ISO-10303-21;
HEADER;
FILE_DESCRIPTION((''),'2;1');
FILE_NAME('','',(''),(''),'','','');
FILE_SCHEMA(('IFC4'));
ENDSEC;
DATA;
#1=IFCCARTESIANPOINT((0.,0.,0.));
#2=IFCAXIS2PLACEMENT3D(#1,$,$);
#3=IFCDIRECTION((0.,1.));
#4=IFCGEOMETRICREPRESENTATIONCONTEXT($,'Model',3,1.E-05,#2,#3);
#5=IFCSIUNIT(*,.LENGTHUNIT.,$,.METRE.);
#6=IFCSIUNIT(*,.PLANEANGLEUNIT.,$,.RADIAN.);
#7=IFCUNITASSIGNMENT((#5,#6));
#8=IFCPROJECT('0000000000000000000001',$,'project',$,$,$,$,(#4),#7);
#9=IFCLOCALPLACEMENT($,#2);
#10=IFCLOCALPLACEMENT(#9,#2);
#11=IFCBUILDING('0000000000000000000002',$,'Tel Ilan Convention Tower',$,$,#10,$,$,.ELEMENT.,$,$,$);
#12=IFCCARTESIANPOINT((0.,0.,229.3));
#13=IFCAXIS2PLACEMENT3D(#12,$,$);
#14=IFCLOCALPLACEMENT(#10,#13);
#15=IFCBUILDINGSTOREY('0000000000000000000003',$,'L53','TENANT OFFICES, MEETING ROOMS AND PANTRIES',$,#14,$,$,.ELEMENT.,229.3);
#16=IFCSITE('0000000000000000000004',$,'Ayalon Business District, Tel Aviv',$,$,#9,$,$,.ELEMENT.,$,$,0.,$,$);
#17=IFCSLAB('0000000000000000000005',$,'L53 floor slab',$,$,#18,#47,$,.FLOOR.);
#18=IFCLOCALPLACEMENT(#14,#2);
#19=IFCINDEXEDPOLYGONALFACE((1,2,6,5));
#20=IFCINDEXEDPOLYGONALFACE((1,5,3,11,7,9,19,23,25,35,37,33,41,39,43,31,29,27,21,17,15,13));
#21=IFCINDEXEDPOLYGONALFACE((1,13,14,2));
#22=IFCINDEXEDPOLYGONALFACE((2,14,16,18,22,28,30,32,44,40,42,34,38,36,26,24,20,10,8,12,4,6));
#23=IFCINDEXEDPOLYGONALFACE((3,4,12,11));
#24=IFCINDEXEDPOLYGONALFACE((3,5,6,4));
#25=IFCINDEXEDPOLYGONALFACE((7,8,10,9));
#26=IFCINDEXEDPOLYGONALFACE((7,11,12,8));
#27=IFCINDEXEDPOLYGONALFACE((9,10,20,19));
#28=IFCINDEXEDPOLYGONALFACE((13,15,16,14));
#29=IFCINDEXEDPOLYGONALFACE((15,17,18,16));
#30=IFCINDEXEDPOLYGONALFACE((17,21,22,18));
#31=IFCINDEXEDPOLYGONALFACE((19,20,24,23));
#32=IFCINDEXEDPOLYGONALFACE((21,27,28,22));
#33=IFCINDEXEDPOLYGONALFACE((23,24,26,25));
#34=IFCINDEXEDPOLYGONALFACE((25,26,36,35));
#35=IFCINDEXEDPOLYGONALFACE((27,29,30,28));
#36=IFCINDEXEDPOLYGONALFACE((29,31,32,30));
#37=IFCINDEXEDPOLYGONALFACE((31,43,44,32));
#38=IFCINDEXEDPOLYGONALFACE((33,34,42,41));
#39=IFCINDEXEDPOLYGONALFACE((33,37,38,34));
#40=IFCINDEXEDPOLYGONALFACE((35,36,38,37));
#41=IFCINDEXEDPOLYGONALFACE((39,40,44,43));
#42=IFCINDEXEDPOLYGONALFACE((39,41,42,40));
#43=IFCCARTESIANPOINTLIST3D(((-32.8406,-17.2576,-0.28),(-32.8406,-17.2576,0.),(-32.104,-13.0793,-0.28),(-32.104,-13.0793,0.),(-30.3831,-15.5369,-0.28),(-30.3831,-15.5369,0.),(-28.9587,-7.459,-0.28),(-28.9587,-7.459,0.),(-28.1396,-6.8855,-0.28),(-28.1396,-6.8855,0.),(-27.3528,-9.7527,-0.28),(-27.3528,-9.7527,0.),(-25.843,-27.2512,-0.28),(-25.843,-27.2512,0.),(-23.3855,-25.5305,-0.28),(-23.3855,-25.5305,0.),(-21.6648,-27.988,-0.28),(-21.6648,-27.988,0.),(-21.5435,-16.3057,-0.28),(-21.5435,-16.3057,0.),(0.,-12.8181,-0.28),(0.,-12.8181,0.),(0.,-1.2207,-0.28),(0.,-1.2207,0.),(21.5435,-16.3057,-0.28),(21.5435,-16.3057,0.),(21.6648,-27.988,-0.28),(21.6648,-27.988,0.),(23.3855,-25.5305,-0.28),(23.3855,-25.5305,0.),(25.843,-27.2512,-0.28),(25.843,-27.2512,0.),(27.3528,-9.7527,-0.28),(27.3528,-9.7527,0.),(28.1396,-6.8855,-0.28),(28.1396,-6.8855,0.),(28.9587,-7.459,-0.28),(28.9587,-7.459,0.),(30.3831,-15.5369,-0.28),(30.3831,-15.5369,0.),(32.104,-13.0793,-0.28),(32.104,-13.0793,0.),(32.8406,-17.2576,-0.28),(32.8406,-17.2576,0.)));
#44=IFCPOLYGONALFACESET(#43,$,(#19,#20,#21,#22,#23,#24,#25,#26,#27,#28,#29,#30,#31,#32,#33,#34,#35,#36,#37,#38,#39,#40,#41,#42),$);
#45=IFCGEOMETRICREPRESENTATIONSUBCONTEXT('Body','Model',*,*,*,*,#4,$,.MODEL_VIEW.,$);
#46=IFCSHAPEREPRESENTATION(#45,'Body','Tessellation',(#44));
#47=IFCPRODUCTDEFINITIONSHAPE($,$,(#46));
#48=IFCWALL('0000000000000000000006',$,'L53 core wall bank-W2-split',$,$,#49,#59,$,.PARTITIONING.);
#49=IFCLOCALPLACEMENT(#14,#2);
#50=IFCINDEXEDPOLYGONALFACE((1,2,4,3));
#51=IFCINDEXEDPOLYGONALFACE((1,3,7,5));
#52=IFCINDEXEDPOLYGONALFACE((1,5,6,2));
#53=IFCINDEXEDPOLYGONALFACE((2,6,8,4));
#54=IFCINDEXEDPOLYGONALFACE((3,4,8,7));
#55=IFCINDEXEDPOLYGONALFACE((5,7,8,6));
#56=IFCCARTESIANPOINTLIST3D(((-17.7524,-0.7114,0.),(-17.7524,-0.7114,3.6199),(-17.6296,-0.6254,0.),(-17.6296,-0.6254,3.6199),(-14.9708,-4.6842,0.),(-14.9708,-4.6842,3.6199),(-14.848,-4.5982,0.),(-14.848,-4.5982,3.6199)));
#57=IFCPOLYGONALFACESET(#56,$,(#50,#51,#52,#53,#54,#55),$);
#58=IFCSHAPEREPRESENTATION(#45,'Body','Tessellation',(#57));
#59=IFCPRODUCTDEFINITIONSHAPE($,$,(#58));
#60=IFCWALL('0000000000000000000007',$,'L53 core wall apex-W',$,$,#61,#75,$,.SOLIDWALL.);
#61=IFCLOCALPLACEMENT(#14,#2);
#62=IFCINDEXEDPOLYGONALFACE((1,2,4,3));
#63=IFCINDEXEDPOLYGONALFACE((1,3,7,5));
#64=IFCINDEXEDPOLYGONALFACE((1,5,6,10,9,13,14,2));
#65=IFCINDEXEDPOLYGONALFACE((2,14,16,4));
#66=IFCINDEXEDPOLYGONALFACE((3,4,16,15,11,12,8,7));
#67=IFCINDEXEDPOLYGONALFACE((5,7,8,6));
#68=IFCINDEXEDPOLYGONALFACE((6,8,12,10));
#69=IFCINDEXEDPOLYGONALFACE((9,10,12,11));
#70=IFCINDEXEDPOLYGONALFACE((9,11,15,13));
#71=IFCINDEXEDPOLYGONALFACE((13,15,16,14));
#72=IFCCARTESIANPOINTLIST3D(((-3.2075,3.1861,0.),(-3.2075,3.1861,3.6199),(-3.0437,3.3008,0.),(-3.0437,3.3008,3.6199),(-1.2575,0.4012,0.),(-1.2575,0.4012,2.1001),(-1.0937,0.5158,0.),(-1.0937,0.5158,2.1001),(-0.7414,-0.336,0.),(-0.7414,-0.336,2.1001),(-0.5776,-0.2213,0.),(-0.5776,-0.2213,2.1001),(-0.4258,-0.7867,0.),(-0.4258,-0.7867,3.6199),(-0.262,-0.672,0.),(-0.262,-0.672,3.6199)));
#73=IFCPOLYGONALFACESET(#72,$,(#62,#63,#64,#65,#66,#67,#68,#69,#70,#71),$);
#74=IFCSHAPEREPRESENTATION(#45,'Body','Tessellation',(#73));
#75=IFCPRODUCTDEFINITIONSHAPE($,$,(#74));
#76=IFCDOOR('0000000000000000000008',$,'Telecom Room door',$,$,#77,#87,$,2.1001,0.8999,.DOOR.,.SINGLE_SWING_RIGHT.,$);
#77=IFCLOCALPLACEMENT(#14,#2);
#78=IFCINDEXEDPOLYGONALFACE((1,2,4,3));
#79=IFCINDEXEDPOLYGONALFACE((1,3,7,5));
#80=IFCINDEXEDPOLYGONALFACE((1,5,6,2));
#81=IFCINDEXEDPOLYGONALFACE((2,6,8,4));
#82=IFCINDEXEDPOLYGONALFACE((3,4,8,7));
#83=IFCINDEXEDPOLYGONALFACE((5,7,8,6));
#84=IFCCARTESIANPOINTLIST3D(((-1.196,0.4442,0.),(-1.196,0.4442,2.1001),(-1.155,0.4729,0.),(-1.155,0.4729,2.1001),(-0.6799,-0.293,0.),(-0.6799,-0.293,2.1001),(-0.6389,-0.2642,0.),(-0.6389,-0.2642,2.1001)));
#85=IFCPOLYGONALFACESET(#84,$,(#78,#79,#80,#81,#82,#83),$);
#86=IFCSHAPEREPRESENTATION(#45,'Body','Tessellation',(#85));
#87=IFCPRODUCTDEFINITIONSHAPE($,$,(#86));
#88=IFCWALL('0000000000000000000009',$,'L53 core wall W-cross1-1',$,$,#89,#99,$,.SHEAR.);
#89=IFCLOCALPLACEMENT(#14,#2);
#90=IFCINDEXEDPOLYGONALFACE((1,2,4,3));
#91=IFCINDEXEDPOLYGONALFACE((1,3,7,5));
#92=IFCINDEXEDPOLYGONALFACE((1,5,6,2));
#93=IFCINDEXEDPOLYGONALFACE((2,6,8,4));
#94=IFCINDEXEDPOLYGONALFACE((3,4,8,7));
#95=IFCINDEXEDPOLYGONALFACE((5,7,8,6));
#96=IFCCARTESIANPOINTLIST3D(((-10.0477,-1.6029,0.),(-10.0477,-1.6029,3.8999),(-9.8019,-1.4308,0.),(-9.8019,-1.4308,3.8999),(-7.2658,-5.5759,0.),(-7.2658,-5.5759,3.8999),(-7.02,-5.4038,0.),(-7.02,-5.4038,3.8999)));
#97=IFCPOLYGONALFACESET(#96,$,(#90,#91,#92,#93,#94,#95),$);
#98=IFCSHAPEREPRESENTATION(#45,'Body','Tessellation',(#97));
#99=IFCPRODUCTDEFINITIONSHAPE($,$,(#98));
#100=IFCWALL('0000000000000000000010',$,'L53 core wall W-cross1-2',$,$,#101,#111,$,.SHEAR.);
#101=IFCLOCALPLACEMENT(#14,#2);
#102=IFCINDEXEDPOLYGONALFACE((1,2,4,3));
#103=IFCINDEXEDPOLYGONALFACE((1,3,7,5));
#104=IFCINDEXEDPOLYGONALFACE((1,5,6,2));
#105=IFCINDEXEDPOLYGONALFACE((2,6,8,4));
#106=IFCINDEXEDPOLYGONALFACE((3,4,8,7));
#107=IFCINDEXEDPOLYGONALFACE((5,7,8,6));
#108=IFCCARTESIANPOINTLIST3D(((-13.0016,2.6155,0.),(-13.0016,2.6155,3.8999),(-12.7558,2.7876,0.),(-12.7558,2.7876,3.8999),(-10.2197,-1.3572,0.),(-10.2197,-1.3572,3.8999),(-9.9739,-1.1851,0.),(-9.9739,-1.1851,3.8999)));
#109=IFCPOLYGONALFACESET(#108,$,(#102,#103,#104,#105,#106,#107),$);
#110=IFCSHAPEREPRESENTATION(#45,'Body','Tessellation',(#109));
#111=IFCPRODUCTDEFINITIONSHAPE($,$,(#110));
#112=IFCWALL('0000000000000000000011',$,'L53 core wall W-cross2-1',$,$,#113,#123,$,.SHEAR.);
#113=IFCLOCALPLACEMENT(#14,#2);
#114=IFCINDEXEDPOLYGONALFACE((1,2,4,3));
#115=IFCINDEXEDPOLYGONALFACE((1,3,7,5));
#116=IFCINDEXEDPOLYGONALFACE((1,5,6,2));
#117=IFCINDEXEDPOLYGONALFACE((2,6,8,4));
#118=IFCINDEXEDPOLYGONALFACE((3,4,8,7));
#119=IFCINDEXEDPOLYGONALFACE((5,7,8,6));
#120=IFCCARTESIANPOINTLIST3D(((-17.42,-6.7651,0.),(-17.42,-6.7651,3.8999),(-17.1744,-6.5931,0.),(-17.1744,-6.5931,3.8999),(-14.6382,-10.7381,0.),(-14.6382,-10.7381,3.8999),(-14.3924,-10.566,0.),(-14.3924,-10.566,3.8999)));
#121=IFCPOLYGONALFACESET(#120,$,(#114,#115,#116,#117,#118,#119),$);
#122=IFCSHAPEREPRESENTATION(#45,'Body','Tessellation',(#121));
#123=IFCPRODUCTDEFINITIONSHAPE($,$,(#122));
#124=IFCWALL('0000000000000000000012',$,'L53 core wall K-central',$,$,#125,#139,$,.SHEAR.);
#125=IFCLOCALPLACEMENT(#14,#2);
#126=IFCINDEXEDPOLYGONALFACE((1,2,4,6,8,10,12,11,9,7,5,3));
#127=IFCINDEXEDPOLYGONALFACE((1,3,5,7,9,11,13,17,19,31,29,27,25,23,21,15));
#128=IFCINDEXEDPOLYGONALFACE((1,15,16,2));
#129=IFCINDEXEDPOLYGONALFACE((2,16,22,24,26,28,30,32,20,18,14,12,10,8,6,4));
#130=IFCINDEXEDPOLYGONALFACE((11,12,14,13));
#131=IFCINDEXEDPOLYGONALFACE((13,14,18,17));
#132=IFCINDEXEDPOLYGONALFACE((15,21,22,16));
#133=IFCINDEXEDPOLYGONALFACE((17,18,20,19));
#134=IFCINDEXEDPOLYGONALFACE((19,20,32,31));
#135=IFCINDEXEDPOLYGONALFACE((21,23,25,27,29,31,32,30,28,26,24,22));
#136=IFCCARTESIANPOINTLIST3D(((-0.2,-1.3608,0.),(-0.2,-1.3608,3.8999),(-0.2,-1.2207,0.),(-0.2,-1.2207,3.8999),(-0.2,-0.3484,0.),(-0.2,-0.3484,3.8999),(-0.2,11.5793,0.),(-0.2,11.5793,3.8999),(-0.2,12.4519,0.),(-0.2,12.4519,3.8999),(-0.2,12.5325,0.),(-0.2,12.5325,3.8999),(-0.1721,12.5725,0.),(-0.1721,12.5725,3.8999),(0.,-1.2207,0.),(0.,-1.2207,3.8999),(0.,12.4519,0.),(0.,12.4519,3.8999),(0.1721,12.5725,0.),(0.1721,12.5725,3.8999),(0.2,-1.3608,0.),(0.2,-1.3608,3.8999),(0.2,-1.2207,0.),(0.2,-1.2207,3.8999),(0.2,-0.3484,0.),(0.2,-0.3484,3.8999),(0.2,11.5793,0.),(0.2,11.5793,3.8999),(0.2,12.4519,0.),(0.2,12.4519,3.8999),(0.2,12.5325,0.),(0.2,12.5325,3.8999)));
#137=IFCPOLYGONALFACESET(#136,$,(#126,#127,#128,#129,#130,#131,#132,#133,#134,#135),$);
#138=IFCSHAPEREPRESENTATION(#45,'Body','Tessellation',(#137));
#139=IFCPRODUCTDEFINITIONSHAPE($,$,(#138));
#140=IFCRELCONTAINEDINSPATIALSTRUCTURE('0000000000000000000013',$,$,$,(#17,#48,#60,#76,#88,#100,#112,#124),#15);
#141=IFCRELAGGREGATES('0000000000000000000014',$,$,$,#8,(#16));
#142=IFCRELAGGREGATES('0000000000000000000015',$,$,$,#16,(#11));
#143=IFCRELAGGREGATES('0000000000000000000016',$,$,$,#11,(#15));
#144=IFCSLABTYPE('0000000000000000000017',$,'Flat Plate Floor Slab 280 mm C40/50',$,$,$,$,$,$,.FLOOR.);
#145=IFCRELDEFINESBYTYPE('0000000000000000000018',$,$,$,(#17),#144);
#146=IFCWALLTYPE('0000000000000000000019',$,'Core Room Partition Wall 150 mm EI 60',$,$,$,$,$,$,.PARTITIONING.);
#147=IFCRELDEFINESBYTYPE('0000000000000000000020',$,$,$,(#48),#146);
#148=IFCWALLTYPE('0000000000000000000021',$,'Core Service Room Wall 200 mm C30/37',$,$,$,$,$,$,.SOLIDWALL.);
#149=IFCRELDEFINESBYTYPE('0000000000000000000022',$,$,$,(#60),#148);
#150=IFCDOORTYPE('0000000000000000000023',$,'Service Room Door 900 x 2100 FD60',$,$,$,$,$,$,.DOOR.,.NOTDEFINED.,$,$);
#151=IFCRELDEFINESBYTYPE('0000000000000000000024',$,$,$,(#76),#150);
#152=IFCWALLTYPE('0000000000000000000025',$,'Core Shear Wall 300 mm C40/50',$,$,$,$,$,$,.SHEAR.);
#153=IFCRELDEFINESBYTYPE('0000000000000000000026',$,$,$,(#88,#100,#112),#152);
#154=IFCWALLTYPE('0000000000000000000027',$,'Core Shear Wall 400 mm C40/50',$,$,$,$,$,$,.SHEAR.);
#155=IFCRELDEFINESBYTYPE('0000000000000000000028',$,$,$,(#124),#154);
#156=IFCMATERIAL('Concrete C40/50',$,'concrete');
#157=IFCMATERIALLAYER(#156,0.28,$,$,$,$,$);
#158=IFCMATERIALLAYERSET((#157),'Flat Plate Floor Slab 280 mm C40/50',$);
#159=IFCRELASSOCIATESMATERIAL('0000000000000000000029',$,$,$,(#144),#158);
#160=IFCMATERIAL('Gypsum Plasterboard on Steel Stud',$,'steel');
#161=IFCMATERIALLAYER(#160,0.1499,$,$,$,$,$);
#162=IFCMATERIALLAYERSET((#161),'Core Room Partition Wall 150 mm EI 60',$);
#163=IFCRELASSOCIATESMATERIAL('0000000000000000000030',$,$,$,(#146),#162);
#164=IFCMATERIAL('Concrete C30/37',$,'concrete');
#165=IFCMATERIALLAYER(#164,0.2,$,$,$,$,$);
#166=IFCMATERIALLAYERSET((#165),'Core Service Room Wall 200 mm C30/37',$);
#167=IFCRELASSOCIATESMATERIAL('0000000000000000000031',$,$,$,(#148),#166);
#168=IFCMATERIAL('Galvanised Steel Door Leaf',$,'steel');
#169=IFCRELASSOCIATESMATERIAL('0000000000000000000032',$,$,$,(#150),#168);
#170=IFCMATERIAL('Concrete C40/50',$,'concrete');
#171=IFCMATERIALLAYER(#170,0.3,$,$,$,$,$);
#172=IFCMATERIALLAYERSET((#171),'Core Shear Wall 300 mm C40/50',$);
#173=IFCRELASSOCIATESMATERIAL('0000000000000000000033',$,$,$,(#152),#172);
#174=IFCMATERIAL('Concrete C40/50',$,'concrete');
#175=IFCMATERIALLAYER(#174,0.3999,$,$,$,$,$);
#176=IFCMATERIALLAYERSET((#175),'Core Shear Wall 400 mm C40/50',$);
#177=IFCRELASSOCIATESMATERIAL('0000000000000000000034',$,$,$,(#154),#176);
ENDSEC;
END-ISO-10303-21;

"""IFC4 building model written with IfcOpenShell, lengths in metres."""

from ifc_helpers import new_model, si_unit, direction, frame, frame_2d, origin, place, context, subcontext, project, spatial, polyline, rectangle, outline, extrude, material, layer, layer_set, type_object, element, fill, save


model = new_model("IFC4")

# Units and contexts
model_context = context("Model", 3, precision=1e-05, world=origin(), true_north=direction((0.0, 1.0)))
body_context = subcontext(model_context, "Body", "Model", "MODEL_VIEW")
ifc_project = project(units=[si_unit("LENGTHUNIT", "METRE"), si_unit("PLANEANGLEUNIT", "RADIAN")], contexts=[model_context])

# Site, building, storey
site_placement = place(None, origin())
site = spatial("IfcSite", under=ifc_project, at=site_placement, Name="Ayalon Business District, Tel Aviv", CompositionType="ELEMENT", RefElevation=0.0)
building_placement = place(site_placement, origin())
building = spatial("IfcBuilding", under=site, at=building_placement, Name="Tel Ilan Convention Tower", CompositionType="ELEMENT")
storey_placement = place(building_placement, frame((0.0, 0.0, 229.3)))
storey = spatial("IfcBuildingStorey", under=building, at=storey_placement, Name="L53", Description="TENANT OFFICES, MEETING ROOMS AND PANTRIES", CompositionType="ELEMENT", Elevation=229.3)

# Slab
ifc_material_1 = material(Name="Concrete C40/50", Category="concrete")
ifc_layer_1 = layer(ifc_material_1, 0.28)
ifc_layer_set_1 = layer_set([ifc_layer_1], Name="Flat Plate Floor Slab 280 mm C40/50")
slab_type_1 = type_object("IfcSlabType", Name="Flat Plate Floor Slab 280 mm C40/50", PredefinedType="FLOOR", material=ifc_layer_set_1)
slab_1_placement = place(storey_placement, frame((0.0, 0.0, -0.28)))
element("IfcSlab", 1, at=slab_1_placement, inside=storey, type_object=slab_type_1, Name="L53 floor slab", PredefinedType="FLOOR", context=body_context, shape_type="SweptSolid", body=[
    extrude(outline(polyline([(21.5435, -16.3057), (28.1396, -6.8855), (28.9587, -7.459), (27.3528, -9.7527), (32.104, -13.0793), (30.3831, -15.5369), (32.8406, -17.2576), (25.843, -27.2512), (23.3855, -25.5305), (21.6648, -27.988), (0.0, -12.8181), (-21.6648, -27.988), (-23.3855, -25.5305), (-25.843, -27.2512), (-32.8406, -17.2576), (-30.3831, -15.5369), (-32.104, -13.0793), (-27.3528, -9.7527), (-28.9587, -7.459), (-28.1396, -6.8855), (-21.5435, -16.3057), (0.0, -1.2207), (21.5435, -16.3057)])), origin(), (0.0, 0.0, 1.0), 0.28),
])

# Wall
ifc_material_2 = material(Name="Gypsum Plasterboard on Steel Stud", Category="steel")
ifc_layer_2 = layer(ifc_material_2, 0.1499)
ifc_layer_set_2 = layer_set([ifc_layer_2], Name="Core Room Partition Wall 150 mm EI 60")
wall_type_1 = type_object("IfcWallType", Name="Core Room Partition Wall 150 mm EI 60", PredefinedType="PARTITIONING", material=ifc_layer_set_2)
wall_1_placement = place(storey_placement, frame((-14.9094, -4.6411, 0.0), z_axis=(0.0, 0.0, 1.0), x_axis=(-0.57356, 0.819163, 0.0)))
element("IfcWall", 2, at=wall_1_placement, inside=storey, type_object=wall_type_1, Name="L53 core wall bank-W2-split", PredefinedType="PARTITIONING", context=body_context, shape_type="SweptSolid", body=[
    extrude(rectangle(XDim=4.8499, YDim=0.1499, at=frame_2d((2.4248, 0.0))), origin(), (0.0, 0.0, 1.0), 3.6199),
])

# Wall, opening, door
ifc_material_3 = material(Name="Concrete C30/37", Category="concrete")
ifc_layer_3 = layer(ifc_material_3, 0.2)
ifc_layer_set_3 = layer_set([ifc_layer_3], Name="Core Service Room Wall 200 mm C30/37")
wall_type_2 = type_object("IfcWallType", Name="Core Service Room Wall 200 mm C30/37", PredefinedType="SOLIDWALL", material=ifc_layer_set_3)
wall_2_placement = place(storey_placement, frame((-0.344, -0.7292, 0.0), z_axis=(0.0, 0.0, 1.0), x_axis=(-0.57356, 0.819163, 0.0)))
wall_2 = element("IfcWall", 3, at=wall_2_placement, inside=storey, type_object=wall_type_2, Name="L53 core wall apex-W", PredefinedType="SOLIDWALL", context=body_context, shape_type="SweptSolid", body=[
    extrude(rectangle(XDim=4.8499, YDim=0.2, at=frame_2d((2.4248, 0.0))), origin(), (0.0, 0.0, 1.0), 3.6199),
])
opening_1_placement = place(wall_2_placement, frame((0.55, 0.0, 0.0)))
opening_1 = element("IfcOpeningElement", 4, at=opening_1_placement, cuts=wall_2, PredefinedType="OPENING", context=body_context, shape_type="SweptSolid", body=[
    extrude(rectangle(XDim=0.8999, YDim=2.1001, at=frame_2d((0.45, 1.05))), frame((0.0, 0.1099, 0.0), z_axis=(0.0, -1.0, 0.0), x_axis=(1.0, 0.0, 0.0)), (0.0, 0.0, 1.0), 0.22),
])
ifc_material_4 = material(Name="Galvanised Steel Door Leaf", Category="steel")
door_type_1 = type_object("IfcDoorType", Name="Service Room Door 900 x 2100 FD60", OperationType="NOTDEFINED", PredefinedType="DOOR", material=ifc_material_4)
door_1_placement = place(opening_1_placement, origin())
door_1 = element("IfcDoor", 5, at=door_1_placement, inside=storey, type_object=door_type_1, Name="Telecom Room door", OperationType="SINGLE_SWING_RIGHT", OverallHeight=2.1001, OverallWidth=0.8999, PredefinedType="DOOR", context=body_context, shape_type="SweptSolid", body=[
    extrude(rectangle(XDim=0.8999, YDim=2.1001, at=frame_2d((0.45, 1.05))), frame((0.0, 0.0249, 0.0), z_axis=(0.0, -1.0, 0.0), x_axis=(1.0, 0.0, 0.0)), (0.0, 0.0, 1.0), 0.05),
])
fill(opening_1, door_1)

# Walls
ifc_material_5 = material(Name="Concrete C40/50", Category="concrete")
ifc_layer_4 = layer(ifc_material_5, 0.3)
ifc_layer_set_4 = layer_set([ifc_layer_4], Name="Core Shear Wall 300 mm C40/50")
wall_type_3 = type_object("IfcWallType", Name="Core Shear Wall 300 mm C40/50", PredefinedType="SHEAR", material=ifc_layer_set_4)
wall_3_placement = place(storey_placement, frame((-7.1428, -5.4897, 0.0), z_axis=(0.0, 0.0, 1.0), x_axis=(-0.573618, 0.819123, 0.0)))
element("IfcWall", 6, at=wall_3_placement, inside=storey, type_object=wall_type_3, Name="L53 core wall W-cross1-1", PredefinedType="SHEAR", context=body_context, shape_type="SweptSolid", body=[
    extrude(outline(polyline([(4.8501, 0.1499), (0.0, 0.1501), (0.0, -0.1499), (4.8501, -0.1501), (4.8501, 0.1499)])), origin(), (0.0, 0.0, 1.0), 3.8999),
])
wall_4_placement = place(storey_placement, frame((-10.0969, -1.2712, 0.0), z_axis=(0.0, 0.0, 1.0), x_axis=(-0.57356, 0.819163, 0.0)))
element("IfcWall", 7, at=wall_4_placement, inside=storey, type_object=wall_type_3, Name="L53 core wall W-cross1-2", PredefinedType="SHEAR", context=body_context, shape_type="SweptSolid", body=[
    extrude(outline(polyline([(4.8499, -0.1499), (4.8499, 0.1501), (0.0, 0.1499), (0.0, -0.1501), (4.8499, -0.1499)])), origin(), (0.0, 0.0, 1.0), 3.8999),
])
wall_5_placement = place(storey_placement, frame((-14.5154, -10.6521, 0.0), z_axis=(0.0, 0.0, 1.0), x_axis=(-0.57356, 0.819163, 0.0)))
element("IfcWall", 8, at=wall_5_placement, inside=storey, type_object=wall_type_3, Name="L53 core wall W-cross2-1", PredefinedType="SHEAR", context=body_context, shape_type="SweptSolid", body=[
    extrude(outline(polyline([(4.8501, 0.1499), (0.0, 0.1499), (0.0, -0.1501), (4.8501, -0.1499), (4.8501, 0.1499)])), origin(), (0.0, 0.0, 1.0), 3.8999),
])
ifc_material_6 = material(Name="Concrete C40/50", Category="concrete")
ifc_layer_5 = layer(ifc_material_6, 0.3999)
ifc_layer_set_5 = layer_set([ifc_layer_5], Name="Core Shear Wall 400 mm C40/50")
wall_type_4 = type_object("IfcWallType", Name="Core Shear Wall 400 mm C40/50", PredefinedType="SHEAR", material=ifc_layer_set_5)
wall_6_placement = place(storey_placement, frame((0.0, -1.3608, 0.0), z_axis=(0.0, 0.0, 1.0), x_axis=(0.0, 1.0, 0.0)))
element("IfcWall", 9, at=wall_6_placement, inside=storey, type_object=wall_type_4, Name="L53 core wall K-central", PredefinedType="SHEAR", context=body_context, shape_type="SweptSolid", body=[
    extrude(outline(polyline([(0.1401, 0.2), (0.0, 0.2), (0.1401, 0.0), (0.0, -0.2), (0.1401, -0.2), (1.0125, -0.2), (12.9402, -0.2), (13.8127, -0.2), (13.8933, -0.2), (13.9333, -0.1721), (13.8127, 0.0), (13.9333, 0.1721), (13.8933, 0.2), (13.8127, 0.2), (12.9402, 0.2), (1.0125, 0.2), (0.1401, 0.2)])), origin(), (0.0, 0.0, 1.0), 3.8999),
])

save(model, "model.ifc")
